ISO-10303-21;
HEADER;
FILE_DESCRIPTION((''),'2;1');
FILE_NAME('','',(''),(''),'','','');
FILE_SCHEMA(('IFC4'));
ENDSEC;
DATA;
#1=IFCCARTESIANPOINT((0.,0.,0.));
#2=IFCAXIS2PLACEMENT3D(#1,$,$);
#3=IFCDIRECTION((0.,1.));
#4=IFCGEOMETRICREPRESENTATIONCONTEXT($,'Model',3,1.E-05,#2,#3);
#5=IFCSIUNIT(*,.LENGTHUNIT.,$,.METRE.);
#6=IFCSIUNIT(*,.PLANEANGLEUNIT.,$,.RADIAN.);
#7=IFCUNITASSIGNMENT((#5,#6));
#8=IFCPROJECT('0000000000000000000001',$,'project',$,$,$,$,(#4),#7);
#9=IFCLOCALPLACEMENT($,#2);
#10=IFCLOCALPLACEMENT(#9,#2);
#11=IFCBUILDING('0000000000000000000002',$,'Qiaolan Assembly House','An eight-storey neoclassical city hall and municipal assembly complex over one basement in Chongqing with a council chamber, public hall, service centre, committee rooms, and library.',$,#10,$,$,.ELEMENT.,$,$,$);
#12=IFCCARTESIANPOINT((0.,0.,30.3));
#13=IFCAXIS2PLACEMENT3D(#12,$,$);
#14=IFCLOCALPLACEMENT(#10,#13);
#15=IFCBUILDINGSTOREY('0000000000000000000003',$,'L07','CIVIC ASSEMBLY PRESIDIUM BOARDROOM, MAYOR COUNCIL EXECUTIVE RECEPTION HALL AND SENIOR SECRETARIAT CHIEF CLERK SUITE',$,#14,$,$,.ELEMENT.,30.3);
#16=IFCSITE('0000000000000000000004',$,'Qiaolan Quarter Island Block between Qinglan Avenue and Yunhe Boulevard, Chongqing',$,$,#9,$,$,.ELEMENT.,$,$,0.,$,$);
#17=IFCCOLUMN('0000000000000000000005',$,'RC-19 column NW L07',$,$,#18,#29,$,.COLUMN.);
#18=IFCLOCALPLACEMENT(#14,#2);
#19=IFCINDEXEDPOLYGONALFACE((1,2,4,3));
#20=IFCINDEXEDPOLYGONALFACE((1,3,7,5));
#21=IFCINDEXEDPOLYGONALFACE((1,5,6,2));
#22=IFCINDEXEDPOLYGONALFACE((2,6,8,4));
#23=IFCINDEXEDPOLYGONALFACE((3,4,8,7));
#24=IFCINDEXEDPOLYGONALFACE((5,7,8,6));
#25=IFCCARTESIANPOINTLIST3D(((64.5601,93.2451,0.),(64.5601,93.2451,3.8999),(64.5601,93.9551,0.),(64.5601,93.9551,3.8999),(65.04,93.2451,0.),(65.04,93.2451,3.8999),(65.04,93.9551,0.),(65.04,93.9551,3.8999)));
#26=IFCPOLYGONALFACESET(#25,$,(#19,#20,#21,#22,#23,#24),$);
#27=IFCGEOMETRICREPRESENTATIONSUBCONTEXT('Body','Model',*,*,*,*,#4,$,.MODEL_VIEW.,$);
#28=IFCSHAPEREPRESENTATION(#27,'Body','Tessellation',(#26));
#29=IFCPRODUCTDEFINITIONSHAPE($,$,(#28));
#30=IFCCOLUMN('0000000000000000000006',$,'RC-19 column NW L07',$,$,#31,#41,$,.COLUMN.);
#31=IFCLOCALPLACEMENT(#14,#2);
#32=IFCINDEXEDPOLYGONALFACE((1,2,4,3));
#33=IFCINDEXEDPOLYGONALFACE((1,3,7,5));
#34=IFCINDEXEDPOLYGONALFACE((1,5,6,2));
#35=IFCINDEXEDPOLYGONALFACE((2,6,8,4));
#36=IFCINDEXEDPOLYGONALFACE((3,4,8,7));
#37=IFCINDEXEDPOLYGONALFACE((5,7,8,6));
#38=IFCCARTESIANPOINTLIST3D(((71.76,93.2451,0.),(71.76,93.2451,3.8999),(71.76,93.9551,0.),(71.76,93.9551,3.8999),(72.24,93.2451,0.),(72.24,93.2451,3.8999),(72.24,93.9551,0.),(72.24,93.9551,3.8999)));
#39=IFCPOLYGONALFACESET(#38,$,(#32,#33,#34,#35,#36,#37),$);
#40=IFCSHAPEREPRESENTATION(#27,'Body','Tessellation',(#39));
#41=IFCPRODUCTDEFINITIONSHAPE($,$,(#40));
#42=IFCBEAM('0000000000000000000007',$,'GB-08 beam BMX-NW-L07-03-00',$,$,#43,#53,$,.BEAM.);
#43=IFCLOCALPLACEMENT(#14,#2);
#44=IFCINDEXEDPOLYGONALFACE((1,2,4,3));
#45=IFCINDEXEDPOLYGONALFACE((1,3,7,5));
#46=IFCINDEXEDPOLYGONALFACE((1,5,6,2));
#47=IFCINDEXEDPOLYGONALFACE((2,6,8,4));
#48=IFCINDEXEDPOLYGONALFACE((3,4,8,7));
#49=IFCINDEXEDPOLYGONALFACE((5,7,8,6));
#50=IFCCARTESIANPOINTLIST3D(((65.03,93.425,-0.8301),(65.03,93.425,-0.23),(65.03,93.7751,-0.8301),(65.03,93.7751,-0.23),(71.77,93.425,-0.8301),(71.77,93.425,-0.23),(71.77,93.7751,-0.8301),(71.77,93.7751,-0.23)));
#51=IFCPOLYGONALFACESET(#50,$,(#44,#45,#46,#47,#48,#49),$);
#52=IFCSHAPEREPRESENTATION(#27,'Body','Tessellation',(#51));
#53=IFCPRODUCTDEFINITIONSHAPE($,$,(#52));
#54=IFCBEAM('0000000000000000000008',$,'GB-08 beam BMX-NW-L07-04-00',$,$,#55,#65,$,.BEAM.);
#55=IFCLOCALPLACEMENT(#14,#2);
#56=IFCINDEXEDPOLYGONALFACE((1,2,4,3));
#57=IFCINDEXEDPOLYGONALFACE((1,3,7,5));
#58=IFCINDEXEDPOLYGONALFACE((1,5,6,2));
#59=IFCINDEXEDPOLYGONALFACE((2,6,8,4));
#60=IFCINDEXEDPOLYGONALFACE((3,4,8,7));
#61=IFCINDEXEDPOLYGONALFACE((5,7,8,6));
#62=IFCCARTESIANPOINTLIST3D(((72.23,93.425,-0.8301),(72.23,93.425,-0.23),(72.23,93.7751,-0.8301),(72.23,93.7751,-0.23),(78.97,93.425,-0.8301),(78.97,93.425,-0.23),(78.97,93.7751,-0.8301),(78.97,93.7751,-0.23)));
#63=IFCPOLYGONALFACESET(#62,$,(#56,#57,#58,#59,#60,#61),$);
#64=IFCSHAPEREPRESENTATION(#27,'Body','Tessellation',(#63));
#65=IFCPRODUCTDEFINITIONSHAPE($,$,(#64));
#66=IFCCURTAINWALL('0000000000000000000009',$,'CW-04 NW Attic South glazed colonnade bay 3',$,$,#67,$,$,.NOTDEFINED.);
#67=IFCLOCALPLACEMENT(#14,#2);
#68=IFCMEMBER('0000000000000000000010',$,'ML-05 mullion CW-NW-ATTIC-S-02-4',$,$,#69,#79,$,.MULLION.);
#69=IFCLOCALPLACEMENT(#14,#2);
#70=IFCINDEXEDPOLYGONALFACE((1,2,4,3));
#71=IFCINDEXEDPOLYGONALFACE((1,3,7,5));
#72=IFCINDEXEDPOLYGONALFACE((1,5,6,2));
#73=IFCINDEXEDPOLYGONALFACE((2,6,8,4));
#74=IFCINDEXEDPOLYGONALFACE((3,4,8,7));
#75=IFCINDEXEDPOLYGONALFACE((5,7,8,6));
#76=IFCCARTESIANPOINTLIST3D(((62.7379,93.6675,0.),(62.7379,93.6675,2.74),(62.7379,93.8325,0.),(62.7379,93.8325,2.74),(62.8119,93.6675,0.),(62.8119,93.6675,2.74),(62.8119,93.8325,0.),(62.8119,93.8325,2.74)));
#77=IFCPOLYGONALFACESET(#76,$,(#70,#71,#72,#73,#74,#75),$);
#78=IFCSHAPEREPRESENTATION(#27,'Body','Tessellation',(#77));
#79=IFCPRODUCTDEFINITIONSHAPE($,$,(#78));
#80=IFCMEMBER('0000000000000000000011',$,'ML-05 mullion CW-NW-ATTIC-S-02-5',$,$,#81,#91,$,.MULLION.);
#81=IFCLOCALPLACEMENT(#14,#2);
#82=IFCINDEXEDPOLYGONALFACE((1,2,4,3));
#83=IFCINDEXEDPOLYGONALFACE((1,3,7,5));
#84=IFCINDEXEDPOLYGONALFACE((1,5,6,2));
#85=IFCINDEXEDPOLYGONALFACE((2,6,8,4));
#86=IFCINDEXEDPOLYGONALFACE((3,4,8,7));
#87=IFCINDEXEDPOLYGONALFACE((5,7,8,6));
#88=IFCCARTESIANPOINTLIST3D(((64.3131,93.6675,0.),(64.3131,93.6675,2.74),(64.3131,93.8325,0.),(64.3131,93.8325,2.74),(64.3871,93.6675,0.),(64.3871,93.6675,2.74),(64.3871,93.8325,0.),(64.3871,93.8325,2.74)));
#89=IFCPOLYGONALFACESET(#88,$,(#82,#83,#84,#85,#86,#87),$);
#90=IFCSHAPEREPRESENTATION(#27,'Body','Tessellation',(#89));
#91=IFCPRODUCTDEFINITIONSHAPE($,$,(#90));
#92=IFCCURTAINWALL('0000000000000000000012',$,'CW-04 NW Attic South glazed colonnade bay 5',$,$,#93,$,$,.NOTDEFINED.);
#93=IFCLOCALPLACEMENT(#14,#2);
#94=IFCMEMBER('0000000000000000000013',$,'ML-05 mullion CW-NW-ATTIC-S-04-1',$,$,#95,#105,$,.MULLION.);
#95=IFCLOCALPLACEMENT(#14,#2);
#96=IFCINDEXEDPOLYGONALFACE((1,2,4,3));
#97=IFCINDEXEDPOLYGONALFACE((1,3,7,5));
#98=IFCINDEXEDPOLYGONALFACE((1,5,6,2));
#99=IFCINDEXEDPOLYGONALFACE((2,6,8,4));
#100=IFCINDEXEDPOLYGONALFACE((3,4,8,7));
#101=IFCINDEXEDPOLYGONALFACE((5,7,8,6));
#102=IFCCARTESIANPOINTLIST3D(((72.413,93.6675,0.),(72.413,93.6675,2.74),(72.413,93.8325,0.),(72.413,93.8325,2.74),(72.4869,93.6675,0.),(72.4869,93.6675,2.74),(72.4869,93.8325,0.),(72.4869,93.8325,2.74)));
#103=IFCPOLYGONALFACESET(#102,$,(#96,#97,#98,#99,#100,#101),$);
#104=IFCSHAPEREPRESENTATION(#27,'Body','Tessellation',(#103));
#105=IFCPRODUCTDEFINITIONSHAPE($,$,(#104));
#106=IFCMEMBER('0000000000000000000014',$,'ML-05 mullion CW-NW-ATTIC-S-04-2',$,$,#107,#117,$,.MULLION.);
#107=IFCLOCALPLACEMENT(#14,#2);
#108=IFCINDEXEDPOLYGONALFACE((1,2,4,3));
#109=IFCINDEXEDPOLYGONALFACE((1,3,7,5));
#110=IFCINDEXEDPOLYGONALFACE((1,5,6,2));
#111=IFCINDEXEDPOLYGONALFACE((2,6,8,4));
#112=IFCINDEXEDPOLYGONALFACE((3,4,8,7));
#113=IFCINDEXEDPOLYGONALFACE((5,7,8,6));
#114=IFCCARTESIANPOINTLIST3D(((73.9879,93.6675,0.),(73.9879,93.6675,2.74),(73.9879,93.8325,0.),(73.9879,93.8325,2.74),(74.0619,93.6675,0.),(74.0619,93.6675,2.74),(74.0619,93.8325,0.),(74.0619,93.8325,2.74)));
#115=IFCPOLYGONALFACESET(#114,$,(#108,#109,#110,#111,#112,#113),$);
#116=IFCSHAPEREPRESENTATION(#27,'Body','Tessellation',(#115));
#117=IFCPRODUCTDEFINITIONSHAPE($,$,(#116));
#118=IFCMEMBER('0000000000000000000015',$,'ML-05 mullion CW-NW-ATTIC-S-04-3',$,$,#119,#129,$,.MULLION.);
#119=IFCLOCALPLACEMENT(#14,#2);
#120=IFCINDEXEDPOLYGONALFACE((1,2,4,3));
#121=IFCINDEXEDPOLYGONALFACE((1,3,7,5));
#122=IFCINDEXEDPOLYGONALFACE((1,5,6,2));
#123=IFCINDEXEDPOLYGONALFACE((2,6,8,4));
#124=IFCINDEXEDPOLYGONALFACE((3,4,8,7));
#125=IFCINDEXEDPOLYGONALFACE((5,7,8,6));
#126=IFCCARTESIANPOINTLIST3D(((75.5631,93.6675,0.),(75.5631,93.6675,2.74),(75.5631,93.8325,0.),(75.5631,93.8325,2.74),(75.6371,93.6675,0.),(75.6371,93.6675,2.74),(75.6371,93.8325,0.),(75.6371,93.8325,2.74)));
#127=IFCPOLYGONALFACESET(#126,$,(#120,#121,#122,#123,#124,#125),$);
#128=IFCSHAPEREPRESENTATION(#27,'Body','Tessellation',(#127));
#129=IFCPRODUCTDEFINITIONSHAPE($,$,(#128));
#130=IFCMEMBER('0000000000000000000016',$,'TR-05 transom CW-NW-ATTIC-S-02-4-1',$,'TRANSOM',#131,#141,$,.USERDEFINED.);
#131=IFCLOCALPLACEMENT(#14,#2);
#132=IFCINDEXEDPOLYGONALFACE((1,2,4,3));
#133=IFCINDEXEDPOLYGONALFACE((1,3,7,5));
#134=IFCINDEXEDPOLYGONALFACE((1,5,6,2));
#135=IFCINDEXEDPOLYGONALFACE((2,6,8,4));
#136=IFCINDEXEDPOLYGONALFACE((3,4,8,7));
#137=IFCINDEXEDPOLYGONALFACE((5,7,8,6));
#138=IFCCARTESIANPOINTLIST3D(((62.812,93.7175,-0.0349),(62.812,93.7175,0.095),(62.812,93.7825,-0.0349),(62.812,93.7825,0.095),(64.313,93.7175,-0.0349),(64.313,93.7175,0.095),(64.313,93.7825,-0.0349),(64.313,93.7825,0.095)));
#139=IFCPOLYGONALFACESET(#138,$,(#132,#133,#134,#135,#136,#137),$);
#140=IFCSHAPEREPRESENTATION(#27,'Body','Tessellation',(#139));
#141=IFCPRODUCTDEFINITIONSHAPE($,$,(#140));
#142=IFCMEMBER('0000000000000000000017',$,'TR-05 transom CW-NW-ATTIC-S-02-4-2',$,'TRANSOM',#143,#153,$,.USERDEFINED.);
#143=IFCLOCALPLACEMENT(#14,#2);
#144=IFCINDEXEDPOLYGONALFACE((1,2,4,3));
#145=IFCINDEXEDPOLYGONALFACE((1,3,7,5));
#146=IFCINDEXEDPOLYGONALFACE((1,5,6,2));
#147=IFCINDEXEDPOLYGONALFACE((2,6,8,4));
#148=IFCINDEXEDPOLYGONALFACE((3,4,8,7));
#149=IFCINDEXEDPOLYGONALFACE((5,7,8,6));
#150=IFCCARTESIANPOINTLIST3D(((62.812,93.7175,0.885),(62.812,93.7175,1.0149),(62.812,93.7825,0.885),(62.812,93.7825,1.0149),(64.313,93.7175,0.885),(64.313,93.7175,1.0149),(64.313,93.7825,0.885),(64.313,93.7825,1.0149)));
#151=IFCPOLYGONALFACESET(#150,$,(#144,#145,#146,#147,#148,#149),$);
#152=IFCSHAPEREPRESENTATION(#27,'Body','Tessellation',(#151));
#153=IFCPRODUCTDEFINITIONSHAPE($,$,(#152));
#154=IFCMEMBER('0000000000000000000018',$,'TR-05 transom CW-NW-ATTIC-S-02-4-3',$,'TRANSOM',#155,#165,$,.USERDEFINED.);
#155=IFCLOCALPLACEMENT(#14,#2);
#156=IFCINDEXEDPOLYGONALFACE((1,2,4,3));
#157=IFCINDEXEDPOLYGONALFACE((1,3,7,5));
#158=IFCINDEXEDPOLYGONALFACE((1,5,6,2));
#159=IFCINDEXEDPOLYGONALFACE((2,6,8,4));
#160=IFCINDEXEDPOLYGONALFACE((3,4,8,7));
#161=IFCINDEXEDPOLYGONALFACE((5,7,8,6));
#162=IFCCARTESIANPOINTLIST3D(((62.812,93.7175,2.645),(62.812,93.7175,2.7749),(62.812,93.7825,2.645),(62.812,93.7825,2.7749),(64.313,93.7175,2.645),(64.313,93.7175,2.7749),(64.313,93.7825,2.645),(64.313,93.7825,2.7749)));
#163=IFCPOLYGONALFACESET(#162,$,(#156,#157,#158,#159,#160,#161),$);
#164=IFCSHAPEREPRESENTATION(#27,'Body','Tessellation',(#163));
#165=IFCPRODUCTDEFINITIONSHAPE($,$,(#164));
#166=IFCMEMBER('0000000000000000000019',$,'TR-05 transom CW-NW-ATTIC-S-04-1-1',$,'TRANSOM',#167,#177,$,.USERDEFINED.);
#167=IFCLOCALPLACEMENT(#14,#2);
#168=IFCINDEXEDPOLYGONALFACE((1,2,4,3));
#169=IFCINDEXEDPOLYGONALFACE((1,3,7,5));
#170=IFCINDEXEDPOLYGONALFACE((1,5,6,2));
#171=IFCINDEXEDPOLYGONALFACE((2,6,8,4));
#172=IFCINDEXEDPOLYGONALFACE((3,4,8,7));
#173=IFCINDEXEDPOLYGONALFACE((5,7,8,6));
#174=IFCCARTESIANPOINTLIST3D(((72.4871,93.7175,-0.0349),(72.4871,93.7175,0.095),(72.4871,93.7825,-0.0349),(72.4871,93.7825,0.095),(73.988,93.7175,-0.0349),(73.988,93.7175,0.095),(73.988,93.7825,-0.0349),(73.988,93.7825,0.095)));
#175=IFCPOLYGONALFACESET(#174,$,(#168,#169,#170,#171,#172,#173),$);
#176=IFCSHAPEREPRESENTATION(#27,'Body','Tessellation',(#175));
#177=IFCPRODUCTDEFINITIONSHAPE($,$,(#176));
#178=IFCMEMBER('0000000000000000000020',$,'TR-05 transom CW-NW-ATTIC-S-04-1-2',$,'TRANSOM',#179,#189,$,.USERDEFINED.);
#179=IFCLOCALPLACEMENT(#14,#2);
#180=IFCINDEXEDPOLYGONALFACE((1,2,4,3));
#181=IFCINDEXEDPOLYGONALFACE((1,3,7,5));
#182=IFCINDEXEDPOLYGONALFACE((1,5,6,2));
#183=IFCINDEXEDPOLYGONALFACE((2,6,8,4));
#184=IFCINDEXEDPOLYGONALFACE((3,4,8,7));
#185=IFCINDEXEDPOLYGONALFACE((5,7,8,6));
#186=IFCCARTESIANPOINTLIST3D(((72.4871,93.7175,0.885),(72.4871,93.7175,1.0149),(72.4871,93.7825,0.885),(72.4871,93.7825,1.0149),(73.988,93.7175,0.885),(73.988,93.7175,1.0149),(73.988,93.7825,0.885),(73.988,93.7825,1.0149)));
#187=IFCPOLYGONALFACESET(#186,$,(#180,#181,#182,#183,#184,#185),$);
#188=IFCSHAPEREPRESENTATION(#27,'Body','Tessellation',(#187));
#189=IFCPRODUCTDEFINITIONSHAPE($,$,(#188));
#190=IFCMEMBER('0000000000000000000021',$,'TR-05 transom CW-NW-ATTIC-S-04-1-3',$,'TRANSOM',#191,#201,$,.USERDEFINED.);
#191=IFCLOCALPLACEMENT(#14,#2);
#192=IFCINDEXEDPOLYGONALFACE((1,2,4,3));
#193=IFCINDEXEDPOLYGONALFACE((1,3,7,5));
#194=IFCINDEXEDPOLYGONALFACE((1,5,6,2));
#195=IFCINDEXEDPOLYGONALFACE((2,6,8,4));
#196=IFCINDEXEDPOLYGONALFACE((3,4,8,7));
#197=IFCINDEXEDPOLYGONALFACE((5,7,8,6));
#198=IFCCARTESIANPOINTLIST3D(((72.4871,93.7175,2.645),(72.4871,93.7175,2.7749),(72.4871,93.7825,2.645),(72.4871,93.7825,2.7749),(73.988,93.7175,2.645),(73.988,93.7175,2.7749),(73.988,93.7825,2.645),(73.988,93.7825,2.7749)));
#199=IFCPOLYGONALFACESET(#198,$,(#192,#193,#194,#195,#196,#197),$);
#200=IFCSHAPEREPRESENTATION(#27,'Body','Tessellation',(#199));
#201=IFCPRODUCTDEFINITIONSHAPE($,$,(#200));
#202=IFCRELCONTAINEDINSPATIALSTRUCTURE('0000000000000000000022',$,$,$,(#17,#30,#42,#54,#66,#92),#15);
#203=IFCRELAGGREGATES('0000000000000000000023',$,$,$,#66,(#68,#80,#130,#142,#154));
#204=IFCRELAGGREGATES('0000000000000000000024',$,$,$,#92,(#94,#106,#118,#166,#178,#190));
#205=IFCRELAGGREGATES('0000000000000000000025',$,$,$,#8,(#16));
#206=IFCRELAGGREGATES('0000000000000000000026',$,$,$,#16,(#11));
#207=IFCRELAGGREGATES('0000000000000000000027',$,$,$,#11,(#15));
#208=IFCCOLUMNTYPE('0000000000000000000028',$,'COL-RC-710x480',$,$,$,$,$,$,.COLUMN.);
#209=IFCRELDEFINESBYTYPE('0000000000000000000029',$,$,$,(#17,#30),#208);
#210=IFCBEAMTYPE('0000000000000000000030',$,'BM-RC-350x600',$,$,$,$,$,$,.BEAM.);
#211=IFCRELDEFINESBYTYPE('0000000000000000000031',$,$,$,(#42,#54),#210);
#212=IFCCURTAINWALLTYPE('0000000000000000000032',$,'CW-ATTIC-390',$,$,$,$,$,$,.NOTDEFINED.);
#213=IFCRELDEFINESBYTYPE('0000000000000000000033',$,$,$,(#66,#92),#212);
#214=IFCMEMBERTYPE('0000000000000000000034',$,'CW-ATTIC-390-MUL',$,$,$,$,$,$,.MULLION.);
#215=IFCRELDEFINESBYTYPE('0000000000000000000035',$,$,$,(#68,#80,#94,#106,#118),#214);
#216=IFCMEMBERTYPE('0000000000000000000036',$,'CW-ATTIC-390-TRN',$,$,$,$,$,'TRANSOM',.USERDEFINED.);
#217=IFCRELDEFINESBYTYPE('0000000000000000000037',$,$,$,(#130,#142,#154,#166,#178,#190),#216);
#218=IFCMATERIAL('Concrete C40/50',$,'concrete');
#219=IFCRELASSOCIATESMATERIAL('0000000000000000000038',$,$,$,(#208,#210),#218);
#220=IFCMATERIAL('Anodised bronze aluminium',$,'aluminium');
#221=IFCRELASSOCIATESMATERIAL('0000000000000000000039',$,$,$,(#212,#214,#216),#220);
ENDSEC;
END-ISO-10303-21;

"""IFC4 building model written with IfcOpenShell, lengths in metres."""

from ifc_helpers import new_model, si_unit, direction, frame, origin, origin_2d, place, context, subcontext, project, spatial, rectangle, extrude, material, material_profile, profile_set, type_object, element, aggregate, save


model = new_model("IFC4")

# Units and contexts
model_context = context("Model", 3, precision=1e-05, world=origin(), true_north=direction((0.0, 1.0)))
body_context = subcontext(model_context, "Body", "Model", "MODEL_VIEW")
ifc_project = project(units=[si_unit("LENGTHUNIT", "METRE"), si_unit("PLANEANGLEUNIT", "RADIAN")], contexts=[model_context])

# Site, building, storey
site_placement = place(None, origin())
site = spatial("IfcSite", under=ifc_project, at=site_placement, Name="Qiaolan Quarter Island Block between Qinglan Avenue and Yunhe Boulevard, Chongqing", CompositionType="ELEMENT", RefElevation=0.0)
building_placement = place(site_placement, origin())
building = spatial("IfcBuilding", under=site, at=building_placement, Name="Qiaolan Assembly House", Description="An eight-storey neoclassical city hall and municipal assembly complex over one basement in Chongqing with a council chamber, public hall, service centre, committee rooms, and library.", CompositionType="ELEMENT")
storey_placement = place(building_placement, frame((0.0, 0.0, 30.3)))
storey = spatial("IfcBuildingStorey", under=building, at=storey_placement, Name="L07", Description="CIVIC ASSEMBLY PRESIDIUM BOARDROOM, MAYOR COUNCIL EXECUTIVE RECEPTION HALL AND SENIOR SECRETARIAT CHIEF CLERK SUITE", CompositionType="ELEMENT", Elevation=30.3)

# Columns
ifc_material_1 = material(Name="Concrete C40/50", Category="concrete")
ifc_material_profile_1 = material_profile(ifc_material_1, rectangle(XDim=0.48, YDim=0.71, at=origin_2d()), Name="RC 710x480")
ifc_profile_set_1 = profile_set([ifc_material_profile_1], Name="Concrete C40/50")
column_type = type_object("IfcColumnType", Name="COL-RC-710x480", PredefinedType="COLUMN", material=ifc_profile_set_1)
for number, where, z_axis, x_axis, name in (
    (1, (64.8, 93.6001, 0.0), (0.0, 0.0, 1.0), (1.0, 0.0, 0.0), "RC-19 column NW L07"),
    (2, (72.0, 93.6001, 0.0), (0.0, 0.0, 1.0), (1.0, 0.0, 0.0), "RC-19 column NW L07"),
):
    element("IfcColumn", number, at=place(storey_placement, frame(where, z_axis=z_axis, x_axis=x_axis)), inside=storey, type_object=column_type, Name=name, PredefinedType="COLUMN", context=body_context, shape_type="SweptSolid", body=[
        extrude(rectangle(XDim=0.48, YDim=0.71, at=origin_2d()), origin(), (0.0, 0.0, 1.0), 3.8999),
    ])

# Beams
ifc_material_profile_2 = material_profile(ifc_material_1, rectangle(XDim=0.3501, YDim=0.6001, at=origin_2d()), Name="RCB 350x600")
ifc_profile_set_2 = profile_set([ifc_material_profile_2], Name="Concrete C40/50")
beam_type = type_object("IfcBeamType", Name="BM-RC-350x600", PredefinedType="BEAM", material=ifc_profile_set_2)
for number, where, z_axis, x_axis, name in (
    (3, (65.03, 93.6001, -0.53), (1.0, 0.0, 0.0), (0.0, 1.0, 0.0), "GB-08 beam BMX-NW-L07-03-00"),
    (4, (72.23, 93.6001, -0.53), (1.0, 0.0, 0.0), (0.0, 1.0, 0.0), "GB-08 beam BMX-NW-L07-04-00"),
):
    element("IfcBeam", number, at=place(storey_placement, frame(where, z_axis=z_axis, x_axis=x_axis)), inside=storey, type_object=beam_type, Name=name, PredefinedType="BEAM", context=body_context, shape_type="SweptSolid", body=[
        extrude(rectangle(XDim=0.3501, YDim=0.6001, at=origin_2d()), origin(), (0.0, 0.0, 1.0), 6.74),
    ])

# Curtain walls, members
ifc_material_2 = material(Name="Anodised bronze aluminium", Category="aluminium")
curtain_wall_type = type_object("IfcCurtainWallType", Name="CW-ATTIC-390", PredefinedType="NOTDEFINED", material=ifc_material_2)
curtain_wall_1_placement = place(storey_placement, origin())
curtain_wall_1 = element("IfcCurtainWall", 5, at=curtain_wall_1_placement, inside=storey, type_object=curtain_wall_type, Name="CW-04 NW Attic South glazed colonnade bay 3", PredefinedType="NOTDEFINED")
ifc_material_profile_3 = material_profile(ifc_material_2, rectangle(XDim=0.074, YDim=0.165, at=origin_2d()), Name="MUL 74x165")
ifc_profile_set_3 = profile_set([ifc_material_profile_3], Name="Anodised bronze aluminium")
member_type_1 = type_object("IfcMemberType", Name="CW-ATTIC-390-MUL", PredefinedType="MULLION", material=ifc_profile_set_3)
member_1_placement = place(storey_placement, frame((62.7749, 93.75, 0.0), z_axis=(0.0, 0.0, 1.0), x_axis=(1.0, 0.0, 0.0)))
member_1 = element("IfcMember", 6, at=member_1_placement, type_object=member_type_1, Name="ML-05 mullion CW-NW-ATTIC-S-02-4", PredefinedType="MULLION", context=body_context, shape_type="SweptSolid", body=[
    extrude(rectangle(XDim=0.074, YDim=0.165, at=origin_2d()), origin(), (0.0, 0.0, 1.0), 2.74),
])
member_2_placement = place(storey_placement, frame((64.3501, 93.75, 0.0), z_axis=(0.0, 0.0, 1.0), x_axis=(1.0, 0.0, 0.0)))
member_2 = element("IfcMember", 7, at=member_2_placement, type_object=member_type_1, Name="ML-05 mullion CW-NW-ATTIC-S-02-5", PredefinedType="MULLION", context=body_context, shape_type="SweptSolid", body=[
    extrude(rectangle(XDim=0.074, YDim=0.165, at=origin_2d()), origin(), (0.0, 0.0, 1.0), 2.74),
])
curtain_wall_2_placement = place(storey_placement, origin())
curtain_wall_2 = element("IfcCurtainWall", 8, at=curtain_wall_2_placement, inside=storey, type_object=curtain_wall_type, Name="CW-04 NW Attic South glazed colonnade bay 5", PredefinedType="NOTDEFINED")
member_3_placement = place(storey_placement, frame((72.45, 93.75, 0.0), z_axis=(0.0, 0.0, 1.0), x_axis=(1.0, 0.0, 0.0)))
member_3 = element("IfcMember", 9, at=member_3_placement, type_object=member_type_1, Name="ML-05 mullion CW-NW-ATTIC-S-04-1", PredefinedType="MULLION", context=body_context, shape_type="SweptSolid", body=[
    extrude(rectangle(XDim=0.074, YDim=0.165, at=origin_2d()), origin(), (0.0, 0.0, 1.0), 2.74),
])
member_4_placement = place(storey_placement, frame((74.0249, 93.75, 0.0), z_axis=(0.0, 0.0, 1.0), x_axis=(1.0, 0.0, 0.0)))
member_4 = element("IfcMember", 10, at=member_4_placement, type_object=member_type_1, Name="ML-05 mullion CW-NW-ATTIC-S-04-2", PredefinedType="MULLION", context=body_context, shape_type="SweptSolid", body=[
    extrude(rectangle(XDim=0.074, YDim=0.165, at=origin_2d()), origin(), (0.0, 0.0, 1.0), 2.74),
])
member_5_placement = place(storey_placement, frame((75.6001, 93.75, 0.0), z_axis=(0.0, 0.0, 1.0), x_axis=(1.0, 0.0, 0.0)))
member_5 = element("IfcMember", 11, at=member_5_placement, type_object=member_type_1, Name="ML-05 mullion CW-NW-ATTIC-S-04-3", PredefinedType="MULLION", context=body_context, shape_type="SweptSolid", body=[
    extrude(rectangle(XDim=0.074, YDim=0.165, at=origin_2d()), origin(), (0.0, 0.0, 1.0), 2.74),
])

# Members
ifc_material_profile_4 = material_profile(ifc_material_2, rectangle(XDim=0.0649, YDim=0.1299, at=origin_2d()), Name="TRN 65x130")
ifc_profile_set_4 = profile_set([ifc_material_profile_4], Name="Anodised bronze aluminium")
member_type_2 = type_object("IfcMemberType", Name="CW-ATTIC-390-TRN", ElementType="TRANSOM", PredefinedType="USERDEFINED", material=ifc_profile_set_4)
member_6_placement = place(storey_placement, frame((62.812, 93.75, 0.03), z_axis=(1.0, 0.0, 0.0), x_axis=(0.0, 1.0, 0.0)))
member_6 = element("IfcMember", 12, at=member_6_placement, type_object=member_type_2, Name="TR-05 transom CW-NW-ATTIC-S-02-4-1", ObjectType="TRANSOM", PredefinedType="USERDEFINED", context=body_context, shape_type="SweptSolid", body=[
    extrude(rectangle(XDim=0.0649, YDim=0.1299, at=origin_2d()), origin(), (0.0, 0.0, 1.0), 1.501),
])
member_7_placement = place(storey_placement, frame((62.812, 93.75, 0.95), z_axis=(1.0, 0.0, 0.0), x_axis=(0.0, 1.0, 0.0)))
member_7 = element("IfcMember", 13, at=member_7_placement, type_object=member_type_2, Name="TR-05 transom CW-NW-ATTIC-S-02-4-2", ObjectType="TRANSOM", PredefinedType="USERDEFINED", context=body_context, shape_type="SweptSolid", body=[
    extrude(rectangle(XDim=0.0649, YDim=0.1299, at=origin_2d()), origin(), (0.0, 0.0, 1.0), 1.501),
])
member_8_placement = place(storey_placement, frame((62.812, 93.75, 2.71), z_axis=(1.0, 0.0, 0.0), x_axis=(0.0, 1.0, 0.0)))
member_8 = element("IfcMember", 14, at=member_8_placement, type_object=member_type_2, Name="TR-05 transom CW-NW-ATTIC-S-02-4-3", ObjectType="TRANSOM", PredefinedType="USERDEFINED", context=body_context, shape_type="SweptSolid", body=[
    extrude(rectangle(XDim=0.0649, YDim=0.1299, at=origin_2d()), origin(), (0.0, 0.0, 1.0), 1.501),
])
member_9_placement = place(storey_placement, frame((72.4871, 93.75, 0.03), z_axis=(1.0, 0.0, 0.0), x_axis=(0.0, 1.0, 0.0)))
member_9 = element("IfcMember", 15, at=member_9_placement, type_object=member_type_2, Name="TR-05 transom CW-NW-ATTIC-S-04-1-1", ObjectType="TRANSOM", PredefinedType="USERDEFINED", context=body_context, shape_type="SweptSolid", body=[
    extrude(rectangle(XDim=0.0649, YDim=0.1299, at=origin_2d()), origin(), (0.0, 0.0, 1.0), 1.501),
])
member_10_placement = place(storey_placement, frame((72.4871, 93.75, 0.95), z_axis=(1.0, 0.0, 0.0), x_axis=(0.0, 1.0, 0.0)))
member_10 = element("IfcMember", 16, at=member_10_placement, type_object=member_type_2, Name="TR-05 transom CW-NW-ATTIC-S-04-1-2", ObjectType="TRANSOM", PredefinedType="USERDEFINED", context=body_context, shape_type="SweptSolid", body=[
    extrude(rectangle(XDim=0.0649, YDim=0.1299, at=origin_2d()), origin(), (0.0, 0.0, 1.0), 1.501),
])
member_11_placement = place(storey_placement, frame((72.4871, 93.75, 2.71), z_axis=(1.0, 0.0, 0.0), x_axis=(0.0, 1.0, 0.0)))
member_11 = element("IfcMember", 17, at=member_11_placement, type_object=member_type_2, Name="TR-05 transom CW-NW-ATTIC-S-04-1-3", ObjectType="TRANSOM", PredefinedType="USERDEFINED", context=body_context, shape_type="SweptSolid", body=[
    extrude(rectangle(XDim=0.0649, YDim=0.1299, at=origin_2d()), origin(), (0.0, 0.0, 1.0), 1.501),
])

aggregate(curtain_wall_1, [member_1, member_2, member_6, member_7, member_8])
aggregate(curtain_wall_2, [member_3, member_4, member_5, member_9, member_10, member_11])

save(model, "model.ifc")
